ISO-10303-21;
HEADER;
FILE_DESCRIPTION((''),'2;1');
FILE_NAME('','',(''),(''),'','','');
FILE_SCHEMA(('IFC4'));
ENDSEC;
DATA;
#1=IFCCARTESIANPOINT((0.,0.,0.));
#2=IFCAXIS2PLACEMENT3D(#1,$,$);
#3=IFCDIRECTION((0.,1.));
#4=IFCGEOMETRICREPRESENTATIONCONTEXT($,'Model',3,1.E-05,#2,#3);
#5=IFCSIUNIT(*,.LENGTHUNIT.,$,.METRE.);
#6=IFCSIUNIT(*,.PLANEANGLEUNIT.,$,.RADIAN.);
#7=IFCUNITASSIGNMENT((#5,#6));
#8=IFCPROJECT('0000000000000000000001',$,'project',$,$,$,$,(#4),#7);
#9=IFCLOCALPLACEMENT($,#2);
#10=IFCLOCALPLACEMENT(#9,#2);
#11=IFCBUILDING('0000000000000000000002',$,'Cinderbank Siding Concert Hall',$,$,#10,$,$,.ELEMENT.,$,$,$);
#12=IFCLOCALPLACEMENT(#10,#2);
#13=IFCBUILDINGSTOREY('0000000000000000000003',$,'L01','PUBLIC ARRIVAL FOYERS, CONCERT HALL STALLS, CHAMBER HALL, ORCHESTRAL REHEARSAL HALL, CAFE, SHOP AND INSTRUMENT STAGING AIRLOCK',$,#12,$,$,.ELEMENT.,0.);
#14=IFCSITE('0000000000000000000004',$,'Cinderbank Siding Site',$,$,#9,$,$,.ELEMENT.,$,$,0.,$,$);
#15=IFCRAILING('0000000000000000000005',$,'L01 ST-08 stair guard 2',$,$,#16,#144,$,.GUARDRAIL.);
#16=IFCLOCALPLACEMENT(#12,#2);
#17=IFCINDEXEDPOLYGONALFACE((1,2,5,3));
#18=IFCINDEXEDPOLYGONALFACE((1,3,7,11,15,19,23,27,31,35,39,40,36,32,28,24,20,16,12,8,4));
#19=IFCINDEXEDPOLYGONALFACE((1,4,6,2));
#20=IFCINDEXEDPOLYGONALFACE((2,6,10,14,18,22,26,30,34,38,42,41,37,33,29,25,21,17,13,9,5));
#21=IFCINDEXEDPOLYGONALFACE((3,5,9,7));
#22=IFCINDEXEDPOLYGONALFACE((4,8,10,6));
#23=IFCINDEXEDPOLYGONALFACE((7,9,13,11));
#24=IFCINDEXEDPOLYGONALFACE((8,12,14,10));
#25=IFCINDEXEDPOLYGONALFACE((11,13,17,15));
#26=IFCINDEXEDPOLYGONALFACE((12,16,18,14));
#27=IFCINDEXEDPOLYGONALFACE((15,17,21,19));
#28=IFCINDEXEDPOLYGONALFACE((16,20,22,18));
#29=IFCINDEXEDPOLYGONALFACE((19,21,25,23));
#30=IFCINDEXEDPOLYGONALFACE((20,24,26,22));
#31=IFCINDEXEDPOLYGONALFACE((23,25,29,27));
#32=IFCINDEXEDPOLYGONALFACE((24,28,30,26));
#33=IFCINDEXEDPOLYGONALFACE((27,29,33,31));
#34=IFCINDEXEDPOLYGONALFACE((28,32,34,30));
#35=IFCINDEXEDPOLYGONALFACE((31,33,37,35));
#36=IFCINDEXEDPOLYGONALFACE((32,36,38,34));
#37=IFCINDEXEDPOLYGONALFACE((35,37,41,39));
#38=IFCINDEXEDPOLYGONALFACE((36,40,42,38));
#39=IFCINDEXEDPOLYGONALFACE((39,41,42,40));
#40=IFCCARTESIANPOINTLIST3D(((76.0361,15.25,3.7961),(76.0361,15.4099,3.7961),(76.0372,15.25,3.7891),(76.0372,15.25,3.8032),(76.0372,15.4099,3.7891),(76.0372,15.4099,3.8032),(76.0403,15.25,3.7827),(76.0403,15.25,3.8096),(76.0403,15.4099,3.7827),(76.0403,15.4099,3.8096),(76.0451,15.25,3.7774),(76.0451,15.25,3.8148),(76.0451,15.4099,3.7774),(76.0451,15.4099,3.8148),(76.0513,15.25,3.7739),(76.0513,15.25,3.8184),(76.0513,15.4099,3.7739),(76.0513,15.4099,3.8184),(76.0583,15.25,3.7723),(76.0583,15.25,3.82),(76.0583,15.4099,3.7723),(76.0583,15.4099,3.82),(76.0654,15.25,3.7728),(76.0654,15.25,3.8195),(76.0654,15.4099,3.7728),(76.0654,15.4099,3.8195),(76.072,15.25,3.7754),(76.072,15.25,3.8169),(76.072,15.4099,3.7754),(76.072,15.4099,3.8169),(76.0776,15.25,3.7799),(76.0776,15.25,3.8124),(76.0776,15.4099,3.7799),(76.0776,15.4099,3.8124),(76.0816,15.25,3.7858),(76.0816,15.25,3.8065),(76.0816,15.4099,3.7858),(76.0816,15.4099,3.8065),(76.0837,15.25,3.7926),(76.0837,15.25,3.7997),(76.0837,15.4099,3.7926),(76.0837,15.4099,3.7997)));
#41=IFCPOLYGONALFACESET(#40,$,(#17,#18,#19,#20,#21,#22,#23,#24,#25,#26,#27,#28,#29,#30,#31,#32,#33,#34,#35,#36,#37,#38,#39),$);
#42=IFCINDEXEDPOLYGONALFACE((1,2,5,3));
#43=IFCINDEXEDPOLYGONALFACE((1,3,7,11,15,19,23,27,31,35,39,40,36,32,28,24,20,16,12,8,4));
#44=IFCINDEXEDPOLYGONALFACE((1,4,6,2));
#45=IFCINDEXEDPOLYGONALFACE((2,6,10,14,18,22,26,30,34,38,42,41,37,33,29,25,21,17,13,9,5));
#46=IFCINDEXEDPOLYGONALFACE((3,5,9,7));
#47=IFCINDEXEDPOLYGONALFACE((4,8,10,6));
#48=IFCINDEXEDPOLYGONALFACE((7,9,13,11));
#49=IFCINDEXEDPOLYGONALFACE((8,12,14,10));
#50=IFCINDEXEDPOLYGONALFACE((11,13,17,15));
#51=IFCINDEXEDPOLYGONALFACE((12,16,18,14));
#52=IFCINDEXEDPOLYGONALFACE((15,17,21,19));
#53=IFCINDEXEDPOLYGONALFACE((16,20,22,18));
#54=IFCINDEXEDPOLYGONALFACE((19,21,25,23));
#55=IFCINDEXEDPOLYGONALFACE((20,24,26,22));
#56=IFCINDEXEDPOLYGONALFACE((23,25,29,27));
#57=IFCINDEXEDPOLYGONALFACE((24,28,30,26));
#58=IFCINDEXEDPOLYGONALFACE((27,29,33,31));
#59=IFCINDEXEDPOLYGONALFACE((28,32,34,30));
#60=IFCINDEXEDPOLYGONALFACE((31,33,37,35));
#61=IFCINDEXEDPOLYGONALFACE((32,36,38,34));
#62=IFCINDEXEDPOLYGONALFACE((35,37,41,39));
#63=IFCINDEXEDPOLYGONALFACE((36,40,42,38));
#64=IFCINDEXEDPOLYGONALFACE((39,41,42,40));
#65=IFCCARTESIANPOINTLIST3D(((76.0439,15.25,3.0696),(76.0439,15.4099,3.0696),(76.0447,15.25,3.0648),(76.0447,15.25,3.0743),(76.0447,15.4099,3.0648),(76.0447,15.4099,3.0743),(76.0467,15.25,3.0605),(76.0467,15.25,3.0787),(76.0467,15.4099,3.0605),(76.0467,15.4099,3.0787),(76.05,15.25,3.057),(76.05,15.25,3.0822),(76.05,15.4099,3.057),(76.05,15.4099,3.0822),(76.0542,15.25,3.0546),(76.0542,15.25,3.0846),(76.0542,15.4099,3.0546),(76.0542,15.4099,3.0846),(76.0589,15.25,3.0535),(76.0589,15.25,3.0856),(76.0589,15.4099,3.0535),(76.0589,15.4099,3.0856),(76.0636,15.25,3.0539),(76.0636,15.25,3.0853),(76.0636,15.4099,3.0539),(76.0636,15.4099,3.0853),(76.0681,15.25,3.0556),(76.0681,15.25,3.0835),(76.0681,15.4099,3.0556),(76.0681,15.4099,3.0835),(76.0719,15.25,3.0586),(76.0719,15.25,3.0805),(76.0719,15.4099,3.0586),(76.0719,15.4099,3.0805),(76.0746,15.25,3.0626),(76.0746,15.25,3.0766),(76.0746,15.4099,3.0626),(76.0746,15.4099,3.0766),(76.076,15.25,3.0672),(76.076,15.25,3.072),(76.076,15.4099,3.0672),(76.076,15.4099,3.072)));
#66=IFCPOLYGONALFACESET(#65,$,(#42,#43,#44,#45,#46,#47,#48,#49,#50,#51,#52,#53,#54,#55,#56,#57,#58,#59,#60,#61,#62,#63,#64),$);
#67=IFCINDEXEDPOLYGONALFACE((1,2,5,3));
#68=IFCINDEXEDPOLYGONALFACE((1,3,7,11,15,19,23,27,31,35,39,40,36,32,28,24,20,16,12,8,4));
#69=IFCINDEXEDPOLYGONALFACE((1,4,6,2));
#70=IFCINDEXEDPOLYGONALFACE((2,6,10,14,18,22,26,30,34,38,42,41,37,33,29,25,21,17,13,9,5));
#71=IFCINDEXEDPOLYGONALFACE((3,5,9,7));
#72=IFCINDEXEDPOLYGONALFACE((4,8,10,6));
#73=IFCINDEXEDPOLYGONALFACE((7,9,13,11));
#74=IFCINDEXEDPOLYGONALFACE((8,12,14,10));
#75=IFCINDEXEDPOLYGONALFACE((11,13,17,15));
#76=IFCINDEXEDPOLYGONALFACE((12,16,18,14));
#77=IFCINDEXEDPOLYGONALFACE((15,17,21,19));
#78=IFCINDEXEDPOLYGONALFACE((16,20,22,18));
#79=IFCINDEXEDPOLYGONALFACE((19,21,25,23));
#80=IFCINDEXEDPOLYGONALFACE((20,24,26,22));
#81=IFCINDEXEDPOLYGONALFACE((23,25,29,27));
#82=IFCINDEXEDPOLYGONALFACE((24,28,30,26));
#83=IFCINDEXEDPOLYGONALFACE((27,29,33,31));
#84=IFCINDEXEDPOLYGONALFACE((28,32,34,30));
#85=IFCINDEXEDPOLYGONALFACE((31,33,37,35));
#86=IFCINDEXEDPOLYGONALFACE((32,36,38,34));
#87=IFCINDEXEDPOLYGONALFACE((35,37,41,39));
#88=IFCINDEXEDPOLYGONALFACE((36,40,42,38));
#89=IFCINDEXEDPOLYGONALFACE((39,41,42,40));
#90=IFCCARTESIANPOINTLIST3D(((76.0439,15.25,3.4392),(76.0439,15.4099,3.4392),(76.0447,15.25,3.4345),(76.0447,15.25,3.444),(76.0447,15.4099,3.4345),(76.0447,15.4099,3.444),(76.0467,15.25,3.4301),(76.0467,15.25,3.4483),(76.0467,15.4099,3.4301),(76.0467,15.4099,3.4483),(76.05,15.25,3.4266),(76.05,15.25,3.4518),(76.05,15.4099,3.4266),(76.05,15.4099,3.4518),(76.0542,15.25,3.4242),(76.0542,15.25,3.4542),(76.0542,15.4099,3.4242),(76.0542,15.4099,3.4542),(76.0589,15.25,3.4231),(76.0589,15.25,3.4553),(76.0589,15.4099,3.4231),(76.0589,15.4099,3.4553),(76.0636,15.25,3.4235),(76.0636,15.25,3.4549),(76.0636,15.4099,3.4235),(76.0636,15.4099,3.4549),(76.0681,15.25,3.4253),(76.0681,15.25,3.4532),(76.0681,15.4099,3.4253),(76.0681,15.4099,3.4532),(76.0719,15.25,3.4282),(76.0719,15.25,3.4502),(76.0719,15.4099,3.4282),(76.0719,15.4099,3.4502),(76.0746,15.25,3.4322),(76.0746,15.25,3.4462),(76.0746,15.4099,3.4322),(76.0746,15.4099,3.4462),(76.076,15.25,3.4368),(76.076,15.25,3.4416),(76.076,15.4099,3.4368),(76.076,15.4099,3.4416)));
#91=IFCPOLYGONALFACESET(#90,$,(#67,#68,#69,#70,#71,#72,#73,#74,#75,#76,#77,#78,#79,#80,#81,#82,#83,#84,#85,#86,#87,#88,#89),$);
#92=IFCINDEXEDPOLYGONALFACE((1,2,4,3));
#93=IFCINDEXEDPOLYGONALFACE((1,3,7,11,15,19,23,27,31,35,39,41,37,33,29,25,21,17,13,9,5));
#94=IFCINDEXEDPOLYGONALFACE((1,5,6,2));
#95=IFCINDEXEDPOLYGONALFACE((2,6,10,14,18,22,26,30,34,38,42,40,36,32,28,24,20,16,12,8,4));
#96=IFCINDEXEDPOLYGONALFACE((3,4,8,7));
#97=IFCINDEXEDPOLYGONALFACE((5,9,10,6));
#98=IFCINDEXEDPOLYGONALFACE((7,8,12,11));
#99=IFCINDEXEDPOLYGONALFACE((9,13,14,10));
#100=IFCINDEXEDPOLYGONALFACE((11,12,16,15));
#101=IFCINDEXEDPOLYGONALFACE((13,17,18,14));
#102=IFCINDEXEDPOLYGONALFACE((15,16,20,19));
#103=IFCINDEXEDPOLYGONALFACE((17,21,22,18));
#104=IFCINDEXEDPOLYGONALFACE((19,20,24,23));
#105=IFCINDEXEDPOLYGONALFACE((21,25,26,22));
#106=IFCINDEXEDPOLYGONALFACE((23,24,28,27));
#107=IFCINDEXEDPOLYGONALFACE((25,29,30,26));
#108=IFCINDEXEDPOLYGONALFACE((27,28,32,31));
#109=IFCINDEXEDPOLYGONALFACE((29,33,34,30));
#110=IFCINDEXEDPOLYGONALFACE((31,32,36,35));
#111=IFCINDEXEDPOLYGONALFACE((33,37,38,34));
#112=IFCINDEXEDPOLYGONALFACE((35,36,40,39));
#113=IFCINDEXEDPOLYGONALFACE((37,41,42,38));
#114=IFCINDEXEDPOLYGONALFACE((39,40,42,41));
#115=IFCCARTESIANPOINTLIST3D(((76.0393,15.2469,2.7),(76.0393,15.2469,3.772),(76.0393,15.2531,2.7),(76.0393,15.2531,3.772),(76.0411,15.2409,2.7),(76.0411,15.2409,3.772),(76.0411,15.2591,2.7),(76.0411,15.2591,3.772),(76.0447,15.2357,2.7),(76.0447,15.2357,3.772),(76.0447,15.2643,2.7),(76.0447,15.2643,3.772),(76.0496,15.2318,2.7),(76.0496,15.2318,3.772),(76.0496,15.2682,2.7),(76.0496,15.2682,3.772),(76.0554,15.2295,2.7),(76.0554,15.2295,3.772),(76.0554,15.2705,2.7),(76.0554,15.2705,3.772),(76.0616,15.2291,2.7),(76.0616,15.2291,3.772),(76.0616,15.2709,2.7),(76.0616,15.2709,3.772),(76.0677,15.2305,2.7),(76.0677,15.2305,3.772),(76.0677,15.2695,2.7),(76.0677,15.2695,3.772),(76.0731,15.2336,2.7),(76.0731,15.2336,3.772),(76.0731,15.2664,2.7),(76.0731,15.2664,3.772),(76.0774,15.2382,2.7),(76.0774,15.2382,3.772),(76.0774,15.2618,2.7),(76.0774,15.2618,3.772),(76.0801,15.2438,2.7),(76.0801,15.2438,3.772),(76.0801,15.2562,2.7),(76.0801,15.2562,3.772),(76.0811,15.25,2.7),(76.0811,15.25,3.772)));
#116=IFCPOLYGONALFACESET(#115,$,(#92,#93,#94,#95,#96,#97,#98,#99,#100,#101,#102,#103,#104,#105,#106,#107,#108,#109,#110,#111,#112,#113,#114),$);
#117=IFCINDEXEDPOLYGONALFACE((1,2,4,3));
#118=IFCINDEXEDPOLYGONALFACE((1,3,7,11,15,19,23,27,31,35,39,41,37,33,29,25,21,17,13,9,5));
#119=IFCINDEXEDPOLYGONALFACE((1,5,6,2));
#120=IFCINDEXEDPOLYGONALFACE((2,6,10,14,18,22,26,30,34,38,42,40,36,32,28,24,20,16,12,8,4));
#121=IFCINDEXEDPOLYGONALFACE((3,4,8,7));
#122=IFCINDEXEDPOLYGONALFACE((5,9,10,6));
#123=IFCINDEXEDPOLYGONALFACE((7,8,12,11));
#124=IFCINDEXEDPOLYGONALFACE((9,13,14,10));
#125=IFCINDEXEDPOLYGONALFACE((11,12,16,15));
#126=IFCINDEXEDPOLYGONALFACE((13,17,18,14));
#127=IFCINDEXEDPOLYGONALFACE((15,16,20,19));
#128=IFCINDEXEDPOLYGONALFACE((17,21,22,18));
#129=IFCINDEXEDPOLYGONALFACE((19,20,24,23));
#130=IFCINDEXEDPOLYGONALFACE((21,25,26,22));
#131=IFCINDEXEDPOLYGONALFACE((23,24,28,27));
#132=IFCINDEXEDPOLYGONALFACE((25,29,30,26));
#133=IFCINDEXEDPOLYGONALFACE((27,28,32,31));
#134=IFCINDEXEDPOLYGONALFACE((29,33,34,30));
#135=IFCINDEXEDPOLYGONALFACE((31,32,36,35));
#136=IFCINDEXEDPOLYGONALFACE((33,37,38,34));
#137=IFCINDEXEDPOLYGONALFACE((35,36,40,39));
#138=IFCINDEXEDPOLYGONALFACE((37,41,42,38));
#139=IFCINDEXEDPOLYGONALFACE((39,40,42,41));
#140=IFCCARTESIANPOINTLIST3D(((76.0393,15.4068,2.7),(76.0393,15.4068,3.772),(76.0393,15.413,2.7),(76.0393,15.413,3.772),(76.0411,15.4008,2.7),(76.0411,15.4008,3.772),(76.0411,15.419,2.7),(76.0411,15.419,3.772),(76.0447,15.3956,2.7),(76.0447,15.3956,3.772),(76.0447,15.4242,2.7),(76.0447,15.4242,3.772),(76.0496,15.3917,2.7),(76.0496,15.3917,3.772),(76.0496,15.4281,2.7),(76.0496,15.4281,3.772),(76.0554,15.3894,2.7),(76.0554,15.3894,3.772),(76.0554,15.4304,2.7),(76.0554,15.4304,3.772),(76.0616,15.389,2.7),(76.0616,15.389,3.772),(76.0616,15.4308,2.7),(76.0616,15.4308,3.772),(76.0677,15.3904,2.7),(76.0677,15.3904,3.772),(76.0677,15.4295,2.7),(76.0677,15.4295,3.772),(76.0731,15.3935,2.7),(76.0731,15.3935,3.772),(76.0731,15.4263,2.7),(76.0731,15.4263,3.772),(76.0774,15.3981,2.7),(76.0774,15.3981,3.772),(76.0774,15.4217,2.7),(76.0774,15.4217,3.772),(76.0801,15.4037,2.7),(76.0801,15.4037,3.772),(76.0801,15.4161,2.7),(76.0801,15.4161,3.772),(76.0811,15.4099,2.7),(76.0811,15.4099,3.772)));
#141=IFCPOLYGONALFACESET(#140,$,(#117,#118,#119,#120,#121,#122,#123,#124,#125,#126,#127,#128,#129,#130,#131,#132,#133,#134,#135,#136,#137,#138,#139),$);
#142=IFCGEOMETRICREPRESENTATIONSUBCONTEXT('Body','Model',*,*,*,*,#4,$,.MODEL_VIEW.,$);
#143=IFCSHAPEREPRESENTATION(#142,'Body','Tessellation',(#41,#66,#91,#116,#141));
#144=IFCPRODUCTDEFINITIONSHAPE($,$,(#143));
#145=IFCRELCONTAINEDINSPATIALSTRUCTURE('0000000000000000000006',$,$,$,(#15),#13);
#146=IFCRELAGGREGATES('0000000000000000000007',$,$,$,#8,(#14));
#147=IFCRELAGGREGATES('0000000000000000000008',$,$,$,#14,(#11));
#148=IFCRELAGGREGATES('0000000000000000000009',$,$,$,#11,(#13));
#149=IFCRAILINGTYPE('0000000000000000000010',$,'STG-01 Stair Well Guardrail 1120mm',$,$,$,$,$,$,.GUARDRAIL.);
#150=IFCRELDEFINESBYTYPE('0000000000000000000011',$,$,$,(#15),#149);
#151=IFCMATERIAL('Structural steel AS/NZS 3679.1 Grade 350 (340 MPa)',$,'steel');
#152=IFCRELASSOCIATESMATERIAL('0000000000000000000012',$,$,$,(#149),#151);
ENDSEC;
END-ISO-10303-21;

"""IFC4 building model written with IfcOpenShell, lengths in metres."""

from ifc_helpers import new_model, si_unit, direction, frame, origin, origin_2d, place, context, subcontext, project, spatial, circle, extrude, material, type_object, element, save


model = new_model("IFC4")

# Units and contexts
model_context = context("Model", 3, precision=1e-05, world=origin(), true_north=direction((0.0, 1.0)))
body_context = subcontext(model_context, "Body", "Model", "MODEL_VIEW")
ifc_project = project(units=[si_unit("LENGTHUNIT", "METRE"), si_unit("PLANEANGLEUNIT", "RADIAN")], contexts=[model_context])

# Site, building, storey
site_placement = place(None, origin())
site = spatial("IfcSite", under=ifc_project, at=site_placement, Name="Cinderbank Siding Site", CompositionType="ELEMENT", RefElevation=0.0)
building_placement = place(site_placement, origin())
building = spatial("IfcBuilding", under=site, at=building_placement, Name="Cinderbank Siding Concert Hall", CompositionType="ELEMENT")
storey_placement = place(building_placement, origin())
storey = spatial("IfcBuildingStorey", under=building, at=storey_placement, Name="L01", Description="PUBLIC ARRIVAL FOYERS, CONCERT HALL STALLS, CHAMBER HALL, ORCHESTRAL REHEARSAL HALL, CAFE, SHOP AND INSTRUMENT STAGING AIRLOCK", CompositionType="ELEMENT", Elevation=0.0)

# Railing
ifc_material_1 = material(Name="Structural steel AS/NZS 3679.1 Grade 350 (340 MPa)", Category="steel")
railing_type_1 = type_object("IfcRailingType", Name="STG-01 Stair Well Guardrail 1120mm", PredefinedType="GUARDRAIL", material=ifc_material_1)
railing_1_placement = place(storey_placement, frame((76.0601, 15.25, 2.7)))
element("IfcRailing", 1, at=railing_1_placement, inside=storey, type_object=railing_type_1, Name="L01 ST-08 stair guard 2", PredefinedType="GUARDRAIL", context=body_context, shape_type="SweptSolid", body=[
    extrude(circle(Radius=0.0239, at=origin_2d()), frame((0.0, 0.0, 1.0962), z_axis=(0.0, 1.0, 0.0), x_axis=(-1.0, 0.0, 0.0)), (0.0, 0.0, 1.0), 0.1599),
    extrude(circle(Radius=0.0161, at=origin_2d()), frame((0.0, 0.0, 0.3696), z_axis=(0.0, 1.0, 0.0), x_axis=(-1.0, 0.0, 0.0)), (0.0, 0.0, 1.0), 0.1599),
    extrude(circle(Radius=0.0161, at=origin_2d()), frame((0.0, 0.0, 0.7393), z_axis=(0.0, 1.0, 0.0), x_axis=(-1.0, 0.0, 0.0)), (0.0, 0.0, 1.0), 0.1599),
    extrude(circle(Radius=0.021, at=origin_2d()), origin(), (0.0, 0.0, 1.0), 1.072),
    extrude(circle(Radius=0.021, at=origin_2d()), frame((0.0, 0.1599, 0.0)), (0.0, 0.0, 1.0), 1.072),
])

save(model, "model.ifc")
